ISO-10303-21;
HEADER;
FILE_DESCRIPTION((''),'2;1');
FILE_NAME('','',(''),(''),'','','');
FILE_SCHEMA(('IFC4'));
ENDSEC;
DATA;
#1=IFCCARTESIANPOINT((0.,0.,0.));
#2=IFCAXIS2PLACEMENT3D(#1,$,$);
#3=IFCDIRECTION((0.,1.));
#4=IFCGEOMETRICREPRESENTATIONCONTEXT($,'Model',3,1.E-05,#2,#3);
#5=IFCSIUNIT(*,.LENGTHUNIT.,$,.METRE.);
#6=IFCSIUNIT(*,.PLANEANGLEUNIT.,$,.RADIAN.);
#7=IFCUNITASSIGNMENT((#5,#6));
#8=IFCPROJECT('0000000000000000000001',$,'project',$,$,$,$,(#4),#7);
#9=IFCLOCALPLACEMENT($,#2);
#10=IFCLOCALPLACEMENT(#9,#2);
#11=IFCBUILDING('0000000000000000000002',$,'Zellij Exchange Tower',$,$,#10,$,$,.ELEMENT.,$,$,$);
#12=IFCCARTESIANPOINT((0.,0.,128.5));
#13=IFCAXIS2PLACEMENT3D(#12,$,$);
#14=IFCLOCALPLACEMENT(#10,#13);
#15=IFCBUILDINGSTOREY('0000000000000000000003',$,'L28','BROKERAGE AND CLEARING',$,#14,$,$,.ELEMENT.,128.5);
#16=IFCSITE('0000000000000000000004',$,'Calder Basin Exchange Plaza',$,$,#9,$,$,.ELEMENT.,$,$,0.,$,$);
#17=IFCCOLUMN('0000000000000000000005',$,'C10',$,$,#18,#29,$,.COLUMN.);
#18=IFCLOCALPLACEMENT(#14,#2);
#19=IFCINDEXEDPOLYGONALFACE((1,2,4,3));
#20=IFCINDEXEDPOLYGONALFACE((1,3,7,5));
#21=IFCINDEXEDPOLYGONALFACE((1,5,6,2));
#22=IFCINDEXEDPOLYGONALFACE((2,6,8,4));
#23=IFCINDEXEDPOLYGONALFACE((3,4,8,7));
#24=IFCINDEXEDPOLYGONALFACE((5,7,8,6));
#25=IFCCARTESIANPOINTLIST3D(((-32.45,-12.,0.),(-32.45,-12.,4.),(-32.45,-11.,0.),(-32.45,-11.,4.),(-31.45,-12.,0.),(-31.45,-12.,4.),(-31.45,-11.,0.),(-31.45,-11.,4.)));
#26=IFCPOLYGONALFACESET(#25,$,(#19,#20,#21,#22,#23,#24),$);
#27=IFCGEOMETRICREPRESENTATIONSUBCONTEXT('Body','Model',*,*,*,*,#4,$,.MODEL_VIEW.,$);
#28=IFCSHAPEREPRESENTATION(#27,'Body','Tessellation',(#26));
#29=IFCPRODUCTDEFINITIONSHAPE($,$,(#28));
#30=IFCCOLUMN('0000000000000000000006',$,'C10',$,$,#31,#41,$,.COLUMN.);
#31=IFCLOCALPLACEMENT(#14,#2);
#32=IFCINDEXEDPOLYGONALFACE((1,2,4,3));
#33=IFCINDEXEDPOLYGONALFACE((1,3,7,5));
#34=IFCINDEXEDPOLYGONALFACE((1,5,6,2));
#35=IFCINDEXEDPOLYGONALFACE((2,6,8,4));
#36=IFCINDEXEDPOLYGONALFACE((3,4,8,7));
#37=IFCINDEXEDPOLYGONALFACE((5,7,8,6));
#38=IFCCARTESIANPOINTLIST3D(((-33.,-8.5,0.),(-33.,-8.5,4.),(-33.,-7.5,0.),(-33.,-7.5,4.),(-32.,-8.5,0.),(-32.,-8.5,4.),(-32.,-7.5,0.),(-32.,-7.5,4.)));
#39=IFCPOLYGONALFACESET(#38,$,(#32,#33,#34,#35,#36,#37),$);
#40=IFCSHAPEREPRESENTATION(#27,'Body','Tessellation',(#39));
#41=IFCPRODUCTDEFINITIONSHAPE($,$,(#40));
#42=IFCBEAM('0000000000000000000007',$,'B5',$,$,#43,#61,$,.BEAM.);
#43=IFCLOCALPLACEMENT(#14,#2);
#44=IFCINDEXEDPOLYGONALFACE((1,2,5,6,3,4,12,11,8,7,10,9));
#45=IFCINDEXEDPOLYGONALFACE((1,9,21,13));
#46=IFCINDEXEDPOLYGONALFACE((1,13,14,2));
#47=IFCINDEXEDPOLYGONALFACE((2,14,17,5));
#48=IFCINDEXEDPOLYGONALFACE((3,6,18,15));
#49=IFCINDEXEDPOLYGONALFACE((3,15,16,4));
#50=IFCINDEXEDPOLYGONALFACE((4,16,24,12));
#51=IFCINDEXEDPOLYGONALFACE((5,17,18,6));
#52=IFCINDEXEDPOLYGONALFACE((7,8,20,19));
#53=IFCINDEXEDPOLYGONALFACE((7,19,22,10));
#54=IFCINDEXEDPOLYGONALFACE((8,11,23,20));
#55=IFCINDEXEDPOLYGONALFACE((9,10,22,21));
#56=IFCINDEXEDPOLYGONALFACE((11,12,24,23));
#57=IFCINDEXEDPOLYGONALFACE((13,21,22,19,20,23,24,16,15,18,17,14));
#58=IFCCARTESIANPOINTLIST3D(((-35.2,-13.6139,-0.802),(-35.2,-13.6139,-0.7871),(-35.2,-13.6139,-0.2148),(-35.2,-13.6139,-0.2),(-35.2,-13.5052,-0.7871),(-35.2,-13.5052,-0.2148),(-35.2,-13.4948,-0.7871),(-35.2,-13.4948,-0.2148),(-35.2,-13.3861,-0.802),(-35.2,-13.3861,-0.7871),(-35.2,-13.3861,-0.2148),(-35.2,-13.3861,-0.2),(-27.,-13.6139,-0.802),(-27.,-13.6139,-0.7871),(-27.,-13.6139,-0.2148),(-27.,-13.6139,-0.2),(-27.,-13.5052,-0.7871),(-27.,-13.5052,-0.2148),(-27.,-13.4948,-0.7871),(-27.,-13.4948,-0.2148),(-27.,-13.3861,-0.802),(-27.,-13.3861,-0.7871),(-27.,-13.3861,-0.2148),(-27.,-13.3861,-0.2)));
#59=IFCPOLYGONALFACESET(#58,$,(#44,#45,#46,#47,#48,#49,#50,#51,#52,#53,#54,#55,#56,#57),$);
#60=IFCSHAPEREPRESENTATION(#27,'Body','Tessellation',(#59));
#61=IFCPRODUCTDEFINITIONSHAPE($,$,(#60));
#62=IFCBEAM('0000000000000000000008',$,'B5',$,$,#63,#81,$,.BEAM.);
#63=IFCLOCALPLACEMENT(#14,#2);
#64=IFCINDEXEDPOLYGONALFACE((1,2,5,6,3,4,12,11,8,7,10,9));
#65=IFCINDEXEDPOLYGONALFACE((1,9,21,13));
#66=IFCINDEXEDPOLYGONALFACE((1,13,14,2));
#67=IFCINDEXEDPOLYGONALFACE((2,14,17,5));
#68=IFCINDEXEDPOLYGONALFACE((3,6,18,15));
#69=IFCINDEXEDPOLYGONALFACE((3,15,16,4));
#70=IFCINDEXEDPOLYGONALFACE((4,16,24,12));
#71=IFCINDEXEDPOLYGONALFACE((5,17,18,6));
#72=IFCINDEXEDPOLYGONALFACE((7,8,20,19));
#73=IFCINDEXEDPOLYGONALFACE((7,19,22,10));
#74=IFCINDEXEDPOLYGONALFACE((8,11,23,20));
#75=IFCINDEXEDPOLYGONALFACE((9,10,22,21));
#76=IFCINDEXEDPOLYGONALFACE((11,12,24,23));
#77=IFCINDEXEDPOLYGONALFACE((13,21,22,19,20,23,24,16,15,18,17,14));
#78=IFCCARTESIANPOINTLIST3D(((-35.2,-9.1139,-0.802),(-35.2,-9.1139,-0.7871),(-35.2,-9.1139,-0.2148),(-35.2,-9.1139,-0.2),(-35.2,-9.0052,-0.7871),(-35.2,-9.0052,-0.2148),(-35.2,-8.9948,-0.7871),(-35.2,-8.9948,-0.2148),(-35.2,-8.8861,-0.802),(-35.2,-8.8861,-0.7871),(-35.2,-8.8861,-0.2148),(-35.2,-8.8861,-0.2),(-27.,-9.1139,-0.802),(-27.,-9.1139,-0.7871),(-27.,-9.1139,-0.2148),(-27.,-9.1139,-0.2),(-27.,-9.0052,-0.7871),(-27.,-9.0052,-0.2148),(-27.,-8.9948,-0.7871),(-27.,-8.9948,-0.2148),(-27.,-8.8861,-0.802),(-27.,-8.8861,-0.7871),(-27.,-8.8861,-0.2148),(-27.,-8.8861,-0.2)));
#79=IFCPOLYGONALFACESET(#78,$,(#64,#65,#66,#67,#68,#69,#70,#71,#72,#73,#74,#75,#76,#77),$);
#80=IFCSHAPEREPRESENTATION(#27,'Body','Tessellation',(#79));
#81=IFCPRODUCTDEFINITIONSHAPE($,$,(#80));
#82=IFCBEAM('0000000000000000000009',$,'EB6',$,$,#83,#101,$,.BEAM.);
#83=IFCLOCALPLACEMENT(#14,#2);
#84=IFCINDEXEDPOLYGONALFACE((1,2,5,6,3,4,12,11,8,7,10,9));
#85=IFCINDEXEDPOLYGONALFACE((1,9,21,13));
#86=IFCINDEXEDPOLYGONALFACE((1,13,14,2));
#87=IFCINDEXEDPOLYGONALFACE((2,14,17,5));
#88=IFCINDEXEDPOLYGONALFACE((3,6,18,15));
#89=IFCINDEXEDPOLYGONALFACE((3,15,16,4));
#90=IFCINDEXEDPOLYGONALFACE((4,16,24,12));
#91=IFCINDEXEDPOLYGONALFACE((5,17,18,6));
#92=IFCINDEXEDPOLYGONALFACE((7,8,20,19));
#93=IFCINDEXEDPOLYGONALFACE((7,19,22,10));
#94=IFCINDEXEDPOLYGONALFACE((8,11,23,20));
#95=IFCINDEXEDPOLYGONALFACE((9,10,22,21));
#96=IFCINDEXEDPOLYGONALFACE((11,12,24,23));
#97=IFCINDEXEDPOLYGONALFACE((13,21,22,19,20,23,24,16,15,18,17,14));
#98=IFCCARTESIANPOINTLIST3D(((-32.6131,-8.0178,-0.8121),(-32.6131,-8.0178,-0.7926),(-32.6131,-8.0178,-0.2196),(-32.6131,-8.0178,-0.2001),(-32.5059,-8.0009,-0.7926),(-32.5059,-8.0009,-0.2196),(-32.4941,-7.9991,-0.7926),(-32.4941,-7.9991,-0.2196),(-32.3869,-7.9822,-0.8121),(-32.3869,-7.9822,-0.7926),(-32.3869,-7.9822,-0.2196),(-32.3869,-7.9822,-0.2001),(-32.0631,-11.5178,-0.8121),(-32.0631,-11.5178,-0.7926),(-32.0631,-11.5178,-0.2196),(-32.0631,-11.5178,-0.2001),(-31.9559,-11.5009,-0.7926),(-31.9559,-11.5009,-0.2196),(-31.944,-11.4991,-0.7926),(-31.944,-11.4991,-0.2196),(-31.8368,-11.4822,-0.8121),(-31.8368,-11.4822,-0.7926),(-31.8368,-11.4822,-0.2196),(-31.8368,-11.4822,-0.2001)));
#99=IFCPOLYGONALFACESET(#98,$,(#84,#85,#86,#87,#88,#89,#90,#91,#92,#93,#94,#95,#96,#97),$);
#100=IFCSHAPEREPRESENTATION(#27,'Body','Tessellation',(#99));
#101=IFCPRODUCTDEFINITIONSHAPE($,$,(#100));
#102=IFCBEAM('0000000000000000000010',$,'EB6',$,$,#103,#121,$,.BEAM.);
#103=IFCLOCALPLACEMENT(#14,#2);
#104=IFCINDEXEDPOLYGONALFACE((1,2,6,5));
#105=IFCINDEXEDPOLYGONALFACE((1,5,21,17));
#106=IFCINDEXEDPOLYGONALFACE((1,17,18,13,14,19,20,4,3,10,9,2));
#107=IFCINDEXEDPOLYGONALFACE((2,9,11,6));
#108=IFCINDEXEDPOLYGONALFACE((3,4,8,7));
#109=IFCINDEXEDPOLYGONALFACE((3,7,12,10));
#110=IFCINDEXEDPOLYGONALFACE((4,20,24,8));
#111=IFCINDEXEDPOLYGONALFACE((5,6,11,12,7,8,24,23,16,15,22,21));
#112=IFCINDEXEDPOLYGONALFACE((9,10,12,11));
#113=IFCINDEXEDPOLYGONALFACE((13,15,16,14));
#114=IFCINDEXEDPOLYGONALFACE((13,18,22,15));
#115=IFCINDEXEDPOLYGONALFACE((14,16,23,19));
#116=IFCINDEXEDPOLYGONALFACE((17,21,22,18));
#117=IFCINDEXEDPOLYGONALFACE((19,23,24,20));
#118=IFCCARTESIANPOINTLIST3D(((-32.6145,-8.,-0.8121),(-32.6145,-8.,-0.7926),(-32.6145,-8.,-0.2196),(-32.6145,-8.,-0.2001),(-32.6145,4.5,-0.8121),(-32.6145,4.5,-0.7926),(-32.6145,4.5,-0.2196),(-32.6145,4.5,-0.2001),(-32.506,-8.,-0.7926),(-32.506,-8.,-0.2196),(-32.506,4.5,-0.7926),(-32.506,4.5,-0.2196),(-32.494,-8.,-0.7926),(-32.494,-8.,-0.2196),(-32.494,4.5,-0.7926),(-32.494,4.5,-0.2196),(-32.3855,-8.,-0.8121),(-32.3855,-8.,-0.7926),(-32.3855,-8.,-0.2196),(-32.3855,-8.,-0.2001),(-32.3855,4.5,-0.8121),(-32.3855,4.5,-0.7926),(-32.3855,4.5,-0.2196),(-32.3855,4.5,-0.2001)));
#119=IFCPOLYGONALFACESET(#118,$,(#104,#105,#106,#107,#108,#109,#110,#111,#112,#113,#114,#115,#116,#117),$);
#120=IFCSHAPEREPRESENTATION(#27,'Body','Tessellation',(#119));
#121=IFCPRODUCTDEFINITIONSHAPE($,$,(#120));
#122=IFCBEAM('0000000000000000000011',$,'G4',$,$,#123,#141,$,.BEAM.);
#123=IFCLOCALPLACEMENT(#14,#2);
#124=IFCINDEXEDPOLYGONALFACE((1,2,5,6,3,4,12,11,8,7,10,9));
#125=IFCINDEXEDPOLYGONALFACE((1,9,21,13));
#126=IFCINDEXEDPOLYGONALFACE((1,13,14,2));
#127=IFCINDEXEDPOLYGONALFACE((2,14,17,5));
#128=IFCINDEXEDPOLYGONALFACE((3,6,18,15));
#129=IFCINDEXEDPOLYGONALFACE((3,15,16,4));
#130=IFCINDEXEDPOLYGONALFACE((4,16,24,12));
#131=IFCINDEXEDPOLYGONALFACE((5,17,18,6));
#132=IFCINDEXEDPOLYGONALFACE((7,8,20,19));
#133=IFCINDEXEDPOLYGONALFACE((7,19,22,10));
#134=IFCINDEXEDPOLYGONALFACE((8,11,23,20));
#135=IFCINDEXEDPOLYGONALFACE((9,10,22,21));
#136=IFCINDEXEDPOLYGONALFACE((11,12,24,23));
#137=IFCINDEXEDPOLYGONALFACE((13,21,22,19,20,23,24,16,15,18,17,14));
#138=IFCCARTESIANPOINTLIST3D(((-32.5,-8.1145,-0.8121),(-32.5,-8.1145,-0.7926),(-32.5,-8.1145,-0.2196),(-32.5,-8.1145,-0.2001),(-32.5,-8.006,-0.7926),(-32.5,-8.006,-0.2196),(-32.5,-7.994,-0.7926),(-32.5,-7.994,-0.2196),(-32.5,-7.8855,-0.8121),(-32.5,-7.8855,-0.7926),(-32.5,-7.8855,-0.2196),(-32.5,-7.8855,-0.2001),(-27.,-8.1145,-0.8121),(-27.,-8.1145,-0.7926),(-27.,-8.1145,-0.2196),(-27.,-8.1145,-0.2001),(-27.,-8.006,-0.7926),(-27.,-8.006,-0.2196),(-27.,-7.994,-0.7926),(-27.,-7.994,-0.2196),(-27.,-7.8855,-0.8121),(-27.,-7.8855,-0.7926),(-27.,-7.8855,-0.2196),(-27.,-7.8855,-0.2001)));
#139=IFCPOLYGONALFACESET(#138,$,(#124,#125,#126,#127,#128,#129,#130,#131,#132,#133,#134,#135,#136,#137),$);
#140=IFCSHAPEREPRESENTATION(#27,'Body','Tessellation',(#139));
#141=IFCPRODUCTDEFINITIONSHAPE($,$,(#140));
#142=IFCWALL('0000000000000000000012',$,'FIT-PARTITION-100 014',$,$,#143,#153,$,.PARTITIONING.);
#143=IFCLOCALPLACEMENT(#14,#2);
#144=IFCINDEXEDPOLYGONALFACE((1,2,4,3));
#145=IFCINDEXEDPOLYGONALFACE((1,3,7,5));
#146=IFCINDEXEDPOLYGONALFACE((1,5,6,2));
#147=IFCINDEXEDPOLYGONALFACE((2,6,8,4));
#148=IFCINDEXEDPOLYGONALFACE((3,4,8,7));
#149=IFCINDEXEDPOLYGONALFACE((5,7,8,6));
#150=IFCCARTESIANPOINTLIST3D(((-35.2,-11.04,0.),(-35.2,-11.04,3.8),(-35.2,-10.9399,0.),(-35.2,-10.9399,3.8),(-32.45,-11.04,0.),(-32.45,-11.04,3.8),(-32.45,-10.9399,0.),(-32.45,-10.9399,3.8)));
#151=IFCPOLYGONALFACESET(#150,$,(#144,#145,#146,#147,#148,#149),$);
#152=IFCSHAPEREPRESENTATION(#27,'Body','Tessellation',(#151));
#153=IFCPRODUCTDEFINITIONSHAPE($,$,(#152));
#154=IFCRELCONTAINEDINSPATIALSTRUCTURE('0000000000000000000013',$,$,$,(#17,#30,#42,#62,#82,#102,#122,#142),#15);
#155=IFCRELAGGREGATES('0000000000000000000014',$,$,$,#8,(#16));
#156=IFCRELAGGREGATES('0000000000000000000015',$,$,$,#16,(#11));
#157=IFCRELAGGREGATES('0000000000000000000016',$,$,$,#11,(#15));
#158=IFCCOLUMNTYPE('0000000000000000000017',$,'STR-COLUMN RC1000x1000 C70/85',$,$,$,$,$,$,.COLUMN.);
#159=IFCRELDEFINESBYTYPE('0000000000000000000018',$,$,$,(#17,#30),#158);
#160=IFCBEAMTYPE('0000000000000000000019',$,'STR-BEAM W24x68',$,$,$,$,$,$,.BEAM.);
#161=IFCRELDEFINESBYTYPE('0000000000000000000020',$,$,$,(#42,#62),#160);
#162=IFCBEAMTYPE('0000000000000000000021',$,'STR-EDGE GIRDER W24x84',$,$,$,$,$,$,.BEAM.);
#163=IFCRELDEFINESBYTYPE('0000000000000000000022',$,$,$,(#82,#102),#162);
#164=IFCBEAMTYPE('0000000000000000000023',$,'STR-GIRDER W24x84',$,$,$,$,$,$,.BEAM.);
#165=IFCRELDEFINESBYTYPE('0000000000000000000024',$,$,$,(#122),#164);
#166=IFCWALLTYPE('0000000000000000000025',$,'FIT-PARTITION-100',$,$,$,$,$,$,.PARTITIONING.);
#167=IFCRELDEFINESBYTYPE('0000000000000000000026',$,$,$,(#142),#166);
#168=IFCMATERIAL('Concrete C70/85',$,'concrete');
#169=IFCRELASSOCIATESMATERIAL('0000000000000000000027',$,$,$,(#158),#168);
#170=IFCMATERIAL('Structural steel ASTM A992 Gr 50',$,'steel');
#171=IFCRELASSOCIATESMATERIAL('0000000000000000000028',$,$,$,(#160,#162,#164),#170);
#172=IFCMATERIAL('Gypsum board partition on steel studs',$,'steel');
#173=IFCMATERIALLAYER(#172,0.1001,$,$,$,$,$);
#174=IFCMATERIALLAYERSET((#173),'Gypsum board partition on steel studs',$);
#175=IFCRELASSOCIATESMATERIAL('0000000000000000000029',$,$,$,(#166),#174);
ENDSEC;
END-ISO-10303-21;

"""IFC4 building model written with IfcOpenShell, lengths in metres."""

from ifc_helpers import new_model, si_unit, direction, frame, frame_2d, origin, origin_2d, place, context, subcontext, project, spatial, rectangle, i_section, extrude, material, layer, layer_set, material_profile, profile_set, type_object, element, save


model = new_model("IFC4")

# Units and contexts
model_context = context("Model", 3, precision=1e-05, world=origin(), true_north=direction((0.0, 1.0)))
body_context = subcontext(model_context, "Body", "Model", "MODEL_VIEW")
ifc_project = project(units=[si_unit("LENGTHUNIT", "METRE"), si_unit("PLANEANGLEUNIT", "RADIAN")], contexts=[model_context])

# Site, building, storey
site_placement = place(None, origin())
site = spatial("IfcSite", under=ifc_project, at=site_placement, Name="Calder Basin Exchange Plaza", CompositionType="ELEMENT", RefElevation=0.0)
building_placement = place(site_placement, origin())
building = spatial("IfcBuilding", under=site, at=building_placement, Name="Zellij Exchange Tower", CompositionType="ELEMENT")
storey_placement = place(building_placement, frame((0.0, 0.0, 128.5)))
storey = spatial("IfcBuildingStorey", under=building, at=storey_placement, Name="L28", Description="BROKERAGE AND CLEARING", CompositionType="ELEMENT", Elevation=128.5)

# Columns
ifc_material_1 = material(Name="Concrete C70/85", Category="concrete")
ifc_material_profile_1 = material_profile(ifc_material_1, rectangle(XDim=1.0, YDim=1.0, at=origin_2d()), Name="STR-COLUMN RC1000x1000 C70/85")
ifc_profile_set_1 = profile_set([ifc_material_profile_1], Name="Concrete C70/85")
column_type = type_object("IfcColumnType", Name="STR-COLUMN RC1000x1000 C70/85", PredefinedType="COLUMN", material=ifc_profile_set_1)
for number, where, z_axis, x_axis, name in (
    (1, (-31.95, -11.5, 0.0), (0.0, 0.0, 1.0), (1.0, 0.0, 0.0), "C10"),
    (2, (-32.5, -8.0, 0.0), (0.0, 0.0, 1.0), (1.0, 0.0, 0.0), "C10"),
):
    element("IfcColumn", number, at=place(storey_placement, frame(where, z_axis=z_axis, x_axis=x_axis)), inside=storey, type_object=column_type, Name=name, PredefinedType="COLUMN", context=body_context, shape_type="SweptSolid", body=[
        extrude(rectangle(XDim=1.0, YDim=1.0, at=origin_2d()), origin(), (0.0, 0.0, 1.0), 4.0),
    ])

# Beams
ifc_material_2 = material(Name="Structural steel ASTM A992 Gr 50", Category="steel")
ifc_material_profile_2 = material_profile(ifc_material_2, i_section(OverallWidth=0.2278, OverallDepth=0.6021, WebThickness=0.0105, FlangeThickness=0.0149, at=origin_2d()), Name="W24x68")
ifc_profile_set_2 = profile_set([ifc_material_profile_2], Name="Structural steel ASTM A992 Gr 50")
beam_type_1 = type_object("IfcBeamType", Name="STR-BEAM W24x68", PredefinedType="BEAM", material=ifc_profile_set_2)
for number, where, z_axis, x_axis, name in (
    (3, (-35.2, -13.5, -0.501), (1.0, 0.0, 0.0), (0.0, 1.0, 0.0), "B5"),
    (4, (-35.2, -9.0, -0.501), (1.0, 0.0, 0.0), (0.0, 1.0, 0.0), "B5"),
):
    element("IfcBeam", number, at=place(storey_placement, frame(where, z_axis=z_axis, x_axis=x_axis)), inside=storey, type_object=beam_type_1, Name=name, PredefinedType="BEAM", context=body_context, shape_type="SweptSolid", body=[
        extrude(i_section(OverallWidth=0.2278, OverallDepth=0.6021, WebThickness=0.0105, FlangeThickness=0.0149, at=origin_2d()), origin(), (0.0, 0.0, 1.0), 8.2),
    ])
ifc_material_profile_3 = material_profile(ifc_material_2, i_section(OverallWidth=0.229, OverallDepth=0.6121, WebThickness=0.012, FlangeThickness=0.0195, at=origin_2d()), Name="W24x84")
ifc_profile_set_3 = profile_set([ifc_material_profile_3], Name="Structural steel ASTM A992 Gr 50")
beam_type_2 = type_object("IfcBeamType", Name="STR-EDGE GIRDER W24x84", PredefinedType="BEAM", material=ifc_profile_set_3)
beam_1_placement = place(storey_placement, frame((-31.95, -11.5, -0.5061), z_axis=(-0.155251, 0.987875, 0.0), x_axis=(-0.987875, -0.155251, 0.0)))
element("IfcBeam", 5, at=beam_1_placement, inside=storey, type_object=beam_type_2, Name="EB6", PredefinedType="BEAM", context=body_context, shape_type="SweptSolid", body=[
    extrude(i_section(OverallWidth=0.229, OverallDepth=0.6121, WebThickness=0.012, FlangeThickness=0.0195, at=origin_2d()), origin(), (0.0, 0.0, 1.0), 3.543),
])
beam_2_placement = place(storey_placement, frame((-32.5, -8.0, -0.5061), z_axis=(0.0, 1.0, 0.0), x_axis=(-1.0, 0.0, 0.0)))
element("IfcBeam", 6, at=beam_2_placement, inside=storey, type_object=beam_type_2, Name="EB6", PredefinedType="BEAM", context=body_context, shape_type="SweptSolid", body=[
    extrude(i_section(OverallWidth=0.229, OverallDepth=0.6121, WebThickness=0.012, FlangeThickness=0.0195, at=origin_2d()), origin(), (0.0, 0.0, 1.0), 12.5),
])
ifc_material_profile_4 = material_profile(ifc_material_2, i_section(OverallWidth=0.229, OverallDepth=0.6121, WebThickness=0.012, FlangeThickness=0.0195, at=origin_2d()), Name="W24x84")
ifc_profile_set_4 = profile_set([ifc_material_profile_4], Name="Structural steel ASTM A992 Gr 50")
beam_type_3 = type_object("IfcBeamType", Name="STR-GIRDER W24x84", PredefinedType="BEAM", material=ifc_profile_set_4)
beam_3_placement = place(storey_placement, frame((-32.5, -8.0, -0.5061), z_axis=(1.0, 0.0, 0.0), x_axis=(0.0, 1.0, 0.0)))
element("IfcBeam", 7, at=beam_3_placement, inside=storey, type_object=beam_type_3, Name="G4", PredefinedType="BEAM", context=body_context, shape_type="SweptSolid", body=[
    extrude(i_section(OverallWidth=0.229, OverallDepth=0.6121, WebThickness=0.012, FlangeThickness=0.0195, at=origin_2d()), origin(), (0.0, 0.0, 1.0), 5.5),
])

# Wall
ifc_material_3 = material(Name="Gypsum board partition on steel studs", Category="steel")
ifc_layer = layer(ifc_material_3, 0.1001)
ifc_layer_set = layer_set([ifc_layer], Name="Gypsum board partition on steel studs")
wall_type = type_object("IfcWallType", Name="FIT-PARTITION-100", PredefinedType="PARTITIONING", material=ifc_layer_set)
wall_1_placement = place(storey_placement, frame((-35.2, -10.99, 0.0), z_axis=(0.0, 0.0, 1.0), x_axis=(1.0, 0.0, 0.0)))
element("IfcWall", 8, at=wall_1_placement, inside=storey, type_object=wall_type, Name="FIT-PARTITION-100 014", PredefinedType="PARTITIONING", context=body_context, shape_type="SweptSolid", body=[
    extrude(rectangle(XDim=2.75, YDim=0.1001, at=frame_2d((1.375, 0.0))), origin(), (0.0, 0.0, 1.0), 3.8),
])

save(model, "model.ifc")
